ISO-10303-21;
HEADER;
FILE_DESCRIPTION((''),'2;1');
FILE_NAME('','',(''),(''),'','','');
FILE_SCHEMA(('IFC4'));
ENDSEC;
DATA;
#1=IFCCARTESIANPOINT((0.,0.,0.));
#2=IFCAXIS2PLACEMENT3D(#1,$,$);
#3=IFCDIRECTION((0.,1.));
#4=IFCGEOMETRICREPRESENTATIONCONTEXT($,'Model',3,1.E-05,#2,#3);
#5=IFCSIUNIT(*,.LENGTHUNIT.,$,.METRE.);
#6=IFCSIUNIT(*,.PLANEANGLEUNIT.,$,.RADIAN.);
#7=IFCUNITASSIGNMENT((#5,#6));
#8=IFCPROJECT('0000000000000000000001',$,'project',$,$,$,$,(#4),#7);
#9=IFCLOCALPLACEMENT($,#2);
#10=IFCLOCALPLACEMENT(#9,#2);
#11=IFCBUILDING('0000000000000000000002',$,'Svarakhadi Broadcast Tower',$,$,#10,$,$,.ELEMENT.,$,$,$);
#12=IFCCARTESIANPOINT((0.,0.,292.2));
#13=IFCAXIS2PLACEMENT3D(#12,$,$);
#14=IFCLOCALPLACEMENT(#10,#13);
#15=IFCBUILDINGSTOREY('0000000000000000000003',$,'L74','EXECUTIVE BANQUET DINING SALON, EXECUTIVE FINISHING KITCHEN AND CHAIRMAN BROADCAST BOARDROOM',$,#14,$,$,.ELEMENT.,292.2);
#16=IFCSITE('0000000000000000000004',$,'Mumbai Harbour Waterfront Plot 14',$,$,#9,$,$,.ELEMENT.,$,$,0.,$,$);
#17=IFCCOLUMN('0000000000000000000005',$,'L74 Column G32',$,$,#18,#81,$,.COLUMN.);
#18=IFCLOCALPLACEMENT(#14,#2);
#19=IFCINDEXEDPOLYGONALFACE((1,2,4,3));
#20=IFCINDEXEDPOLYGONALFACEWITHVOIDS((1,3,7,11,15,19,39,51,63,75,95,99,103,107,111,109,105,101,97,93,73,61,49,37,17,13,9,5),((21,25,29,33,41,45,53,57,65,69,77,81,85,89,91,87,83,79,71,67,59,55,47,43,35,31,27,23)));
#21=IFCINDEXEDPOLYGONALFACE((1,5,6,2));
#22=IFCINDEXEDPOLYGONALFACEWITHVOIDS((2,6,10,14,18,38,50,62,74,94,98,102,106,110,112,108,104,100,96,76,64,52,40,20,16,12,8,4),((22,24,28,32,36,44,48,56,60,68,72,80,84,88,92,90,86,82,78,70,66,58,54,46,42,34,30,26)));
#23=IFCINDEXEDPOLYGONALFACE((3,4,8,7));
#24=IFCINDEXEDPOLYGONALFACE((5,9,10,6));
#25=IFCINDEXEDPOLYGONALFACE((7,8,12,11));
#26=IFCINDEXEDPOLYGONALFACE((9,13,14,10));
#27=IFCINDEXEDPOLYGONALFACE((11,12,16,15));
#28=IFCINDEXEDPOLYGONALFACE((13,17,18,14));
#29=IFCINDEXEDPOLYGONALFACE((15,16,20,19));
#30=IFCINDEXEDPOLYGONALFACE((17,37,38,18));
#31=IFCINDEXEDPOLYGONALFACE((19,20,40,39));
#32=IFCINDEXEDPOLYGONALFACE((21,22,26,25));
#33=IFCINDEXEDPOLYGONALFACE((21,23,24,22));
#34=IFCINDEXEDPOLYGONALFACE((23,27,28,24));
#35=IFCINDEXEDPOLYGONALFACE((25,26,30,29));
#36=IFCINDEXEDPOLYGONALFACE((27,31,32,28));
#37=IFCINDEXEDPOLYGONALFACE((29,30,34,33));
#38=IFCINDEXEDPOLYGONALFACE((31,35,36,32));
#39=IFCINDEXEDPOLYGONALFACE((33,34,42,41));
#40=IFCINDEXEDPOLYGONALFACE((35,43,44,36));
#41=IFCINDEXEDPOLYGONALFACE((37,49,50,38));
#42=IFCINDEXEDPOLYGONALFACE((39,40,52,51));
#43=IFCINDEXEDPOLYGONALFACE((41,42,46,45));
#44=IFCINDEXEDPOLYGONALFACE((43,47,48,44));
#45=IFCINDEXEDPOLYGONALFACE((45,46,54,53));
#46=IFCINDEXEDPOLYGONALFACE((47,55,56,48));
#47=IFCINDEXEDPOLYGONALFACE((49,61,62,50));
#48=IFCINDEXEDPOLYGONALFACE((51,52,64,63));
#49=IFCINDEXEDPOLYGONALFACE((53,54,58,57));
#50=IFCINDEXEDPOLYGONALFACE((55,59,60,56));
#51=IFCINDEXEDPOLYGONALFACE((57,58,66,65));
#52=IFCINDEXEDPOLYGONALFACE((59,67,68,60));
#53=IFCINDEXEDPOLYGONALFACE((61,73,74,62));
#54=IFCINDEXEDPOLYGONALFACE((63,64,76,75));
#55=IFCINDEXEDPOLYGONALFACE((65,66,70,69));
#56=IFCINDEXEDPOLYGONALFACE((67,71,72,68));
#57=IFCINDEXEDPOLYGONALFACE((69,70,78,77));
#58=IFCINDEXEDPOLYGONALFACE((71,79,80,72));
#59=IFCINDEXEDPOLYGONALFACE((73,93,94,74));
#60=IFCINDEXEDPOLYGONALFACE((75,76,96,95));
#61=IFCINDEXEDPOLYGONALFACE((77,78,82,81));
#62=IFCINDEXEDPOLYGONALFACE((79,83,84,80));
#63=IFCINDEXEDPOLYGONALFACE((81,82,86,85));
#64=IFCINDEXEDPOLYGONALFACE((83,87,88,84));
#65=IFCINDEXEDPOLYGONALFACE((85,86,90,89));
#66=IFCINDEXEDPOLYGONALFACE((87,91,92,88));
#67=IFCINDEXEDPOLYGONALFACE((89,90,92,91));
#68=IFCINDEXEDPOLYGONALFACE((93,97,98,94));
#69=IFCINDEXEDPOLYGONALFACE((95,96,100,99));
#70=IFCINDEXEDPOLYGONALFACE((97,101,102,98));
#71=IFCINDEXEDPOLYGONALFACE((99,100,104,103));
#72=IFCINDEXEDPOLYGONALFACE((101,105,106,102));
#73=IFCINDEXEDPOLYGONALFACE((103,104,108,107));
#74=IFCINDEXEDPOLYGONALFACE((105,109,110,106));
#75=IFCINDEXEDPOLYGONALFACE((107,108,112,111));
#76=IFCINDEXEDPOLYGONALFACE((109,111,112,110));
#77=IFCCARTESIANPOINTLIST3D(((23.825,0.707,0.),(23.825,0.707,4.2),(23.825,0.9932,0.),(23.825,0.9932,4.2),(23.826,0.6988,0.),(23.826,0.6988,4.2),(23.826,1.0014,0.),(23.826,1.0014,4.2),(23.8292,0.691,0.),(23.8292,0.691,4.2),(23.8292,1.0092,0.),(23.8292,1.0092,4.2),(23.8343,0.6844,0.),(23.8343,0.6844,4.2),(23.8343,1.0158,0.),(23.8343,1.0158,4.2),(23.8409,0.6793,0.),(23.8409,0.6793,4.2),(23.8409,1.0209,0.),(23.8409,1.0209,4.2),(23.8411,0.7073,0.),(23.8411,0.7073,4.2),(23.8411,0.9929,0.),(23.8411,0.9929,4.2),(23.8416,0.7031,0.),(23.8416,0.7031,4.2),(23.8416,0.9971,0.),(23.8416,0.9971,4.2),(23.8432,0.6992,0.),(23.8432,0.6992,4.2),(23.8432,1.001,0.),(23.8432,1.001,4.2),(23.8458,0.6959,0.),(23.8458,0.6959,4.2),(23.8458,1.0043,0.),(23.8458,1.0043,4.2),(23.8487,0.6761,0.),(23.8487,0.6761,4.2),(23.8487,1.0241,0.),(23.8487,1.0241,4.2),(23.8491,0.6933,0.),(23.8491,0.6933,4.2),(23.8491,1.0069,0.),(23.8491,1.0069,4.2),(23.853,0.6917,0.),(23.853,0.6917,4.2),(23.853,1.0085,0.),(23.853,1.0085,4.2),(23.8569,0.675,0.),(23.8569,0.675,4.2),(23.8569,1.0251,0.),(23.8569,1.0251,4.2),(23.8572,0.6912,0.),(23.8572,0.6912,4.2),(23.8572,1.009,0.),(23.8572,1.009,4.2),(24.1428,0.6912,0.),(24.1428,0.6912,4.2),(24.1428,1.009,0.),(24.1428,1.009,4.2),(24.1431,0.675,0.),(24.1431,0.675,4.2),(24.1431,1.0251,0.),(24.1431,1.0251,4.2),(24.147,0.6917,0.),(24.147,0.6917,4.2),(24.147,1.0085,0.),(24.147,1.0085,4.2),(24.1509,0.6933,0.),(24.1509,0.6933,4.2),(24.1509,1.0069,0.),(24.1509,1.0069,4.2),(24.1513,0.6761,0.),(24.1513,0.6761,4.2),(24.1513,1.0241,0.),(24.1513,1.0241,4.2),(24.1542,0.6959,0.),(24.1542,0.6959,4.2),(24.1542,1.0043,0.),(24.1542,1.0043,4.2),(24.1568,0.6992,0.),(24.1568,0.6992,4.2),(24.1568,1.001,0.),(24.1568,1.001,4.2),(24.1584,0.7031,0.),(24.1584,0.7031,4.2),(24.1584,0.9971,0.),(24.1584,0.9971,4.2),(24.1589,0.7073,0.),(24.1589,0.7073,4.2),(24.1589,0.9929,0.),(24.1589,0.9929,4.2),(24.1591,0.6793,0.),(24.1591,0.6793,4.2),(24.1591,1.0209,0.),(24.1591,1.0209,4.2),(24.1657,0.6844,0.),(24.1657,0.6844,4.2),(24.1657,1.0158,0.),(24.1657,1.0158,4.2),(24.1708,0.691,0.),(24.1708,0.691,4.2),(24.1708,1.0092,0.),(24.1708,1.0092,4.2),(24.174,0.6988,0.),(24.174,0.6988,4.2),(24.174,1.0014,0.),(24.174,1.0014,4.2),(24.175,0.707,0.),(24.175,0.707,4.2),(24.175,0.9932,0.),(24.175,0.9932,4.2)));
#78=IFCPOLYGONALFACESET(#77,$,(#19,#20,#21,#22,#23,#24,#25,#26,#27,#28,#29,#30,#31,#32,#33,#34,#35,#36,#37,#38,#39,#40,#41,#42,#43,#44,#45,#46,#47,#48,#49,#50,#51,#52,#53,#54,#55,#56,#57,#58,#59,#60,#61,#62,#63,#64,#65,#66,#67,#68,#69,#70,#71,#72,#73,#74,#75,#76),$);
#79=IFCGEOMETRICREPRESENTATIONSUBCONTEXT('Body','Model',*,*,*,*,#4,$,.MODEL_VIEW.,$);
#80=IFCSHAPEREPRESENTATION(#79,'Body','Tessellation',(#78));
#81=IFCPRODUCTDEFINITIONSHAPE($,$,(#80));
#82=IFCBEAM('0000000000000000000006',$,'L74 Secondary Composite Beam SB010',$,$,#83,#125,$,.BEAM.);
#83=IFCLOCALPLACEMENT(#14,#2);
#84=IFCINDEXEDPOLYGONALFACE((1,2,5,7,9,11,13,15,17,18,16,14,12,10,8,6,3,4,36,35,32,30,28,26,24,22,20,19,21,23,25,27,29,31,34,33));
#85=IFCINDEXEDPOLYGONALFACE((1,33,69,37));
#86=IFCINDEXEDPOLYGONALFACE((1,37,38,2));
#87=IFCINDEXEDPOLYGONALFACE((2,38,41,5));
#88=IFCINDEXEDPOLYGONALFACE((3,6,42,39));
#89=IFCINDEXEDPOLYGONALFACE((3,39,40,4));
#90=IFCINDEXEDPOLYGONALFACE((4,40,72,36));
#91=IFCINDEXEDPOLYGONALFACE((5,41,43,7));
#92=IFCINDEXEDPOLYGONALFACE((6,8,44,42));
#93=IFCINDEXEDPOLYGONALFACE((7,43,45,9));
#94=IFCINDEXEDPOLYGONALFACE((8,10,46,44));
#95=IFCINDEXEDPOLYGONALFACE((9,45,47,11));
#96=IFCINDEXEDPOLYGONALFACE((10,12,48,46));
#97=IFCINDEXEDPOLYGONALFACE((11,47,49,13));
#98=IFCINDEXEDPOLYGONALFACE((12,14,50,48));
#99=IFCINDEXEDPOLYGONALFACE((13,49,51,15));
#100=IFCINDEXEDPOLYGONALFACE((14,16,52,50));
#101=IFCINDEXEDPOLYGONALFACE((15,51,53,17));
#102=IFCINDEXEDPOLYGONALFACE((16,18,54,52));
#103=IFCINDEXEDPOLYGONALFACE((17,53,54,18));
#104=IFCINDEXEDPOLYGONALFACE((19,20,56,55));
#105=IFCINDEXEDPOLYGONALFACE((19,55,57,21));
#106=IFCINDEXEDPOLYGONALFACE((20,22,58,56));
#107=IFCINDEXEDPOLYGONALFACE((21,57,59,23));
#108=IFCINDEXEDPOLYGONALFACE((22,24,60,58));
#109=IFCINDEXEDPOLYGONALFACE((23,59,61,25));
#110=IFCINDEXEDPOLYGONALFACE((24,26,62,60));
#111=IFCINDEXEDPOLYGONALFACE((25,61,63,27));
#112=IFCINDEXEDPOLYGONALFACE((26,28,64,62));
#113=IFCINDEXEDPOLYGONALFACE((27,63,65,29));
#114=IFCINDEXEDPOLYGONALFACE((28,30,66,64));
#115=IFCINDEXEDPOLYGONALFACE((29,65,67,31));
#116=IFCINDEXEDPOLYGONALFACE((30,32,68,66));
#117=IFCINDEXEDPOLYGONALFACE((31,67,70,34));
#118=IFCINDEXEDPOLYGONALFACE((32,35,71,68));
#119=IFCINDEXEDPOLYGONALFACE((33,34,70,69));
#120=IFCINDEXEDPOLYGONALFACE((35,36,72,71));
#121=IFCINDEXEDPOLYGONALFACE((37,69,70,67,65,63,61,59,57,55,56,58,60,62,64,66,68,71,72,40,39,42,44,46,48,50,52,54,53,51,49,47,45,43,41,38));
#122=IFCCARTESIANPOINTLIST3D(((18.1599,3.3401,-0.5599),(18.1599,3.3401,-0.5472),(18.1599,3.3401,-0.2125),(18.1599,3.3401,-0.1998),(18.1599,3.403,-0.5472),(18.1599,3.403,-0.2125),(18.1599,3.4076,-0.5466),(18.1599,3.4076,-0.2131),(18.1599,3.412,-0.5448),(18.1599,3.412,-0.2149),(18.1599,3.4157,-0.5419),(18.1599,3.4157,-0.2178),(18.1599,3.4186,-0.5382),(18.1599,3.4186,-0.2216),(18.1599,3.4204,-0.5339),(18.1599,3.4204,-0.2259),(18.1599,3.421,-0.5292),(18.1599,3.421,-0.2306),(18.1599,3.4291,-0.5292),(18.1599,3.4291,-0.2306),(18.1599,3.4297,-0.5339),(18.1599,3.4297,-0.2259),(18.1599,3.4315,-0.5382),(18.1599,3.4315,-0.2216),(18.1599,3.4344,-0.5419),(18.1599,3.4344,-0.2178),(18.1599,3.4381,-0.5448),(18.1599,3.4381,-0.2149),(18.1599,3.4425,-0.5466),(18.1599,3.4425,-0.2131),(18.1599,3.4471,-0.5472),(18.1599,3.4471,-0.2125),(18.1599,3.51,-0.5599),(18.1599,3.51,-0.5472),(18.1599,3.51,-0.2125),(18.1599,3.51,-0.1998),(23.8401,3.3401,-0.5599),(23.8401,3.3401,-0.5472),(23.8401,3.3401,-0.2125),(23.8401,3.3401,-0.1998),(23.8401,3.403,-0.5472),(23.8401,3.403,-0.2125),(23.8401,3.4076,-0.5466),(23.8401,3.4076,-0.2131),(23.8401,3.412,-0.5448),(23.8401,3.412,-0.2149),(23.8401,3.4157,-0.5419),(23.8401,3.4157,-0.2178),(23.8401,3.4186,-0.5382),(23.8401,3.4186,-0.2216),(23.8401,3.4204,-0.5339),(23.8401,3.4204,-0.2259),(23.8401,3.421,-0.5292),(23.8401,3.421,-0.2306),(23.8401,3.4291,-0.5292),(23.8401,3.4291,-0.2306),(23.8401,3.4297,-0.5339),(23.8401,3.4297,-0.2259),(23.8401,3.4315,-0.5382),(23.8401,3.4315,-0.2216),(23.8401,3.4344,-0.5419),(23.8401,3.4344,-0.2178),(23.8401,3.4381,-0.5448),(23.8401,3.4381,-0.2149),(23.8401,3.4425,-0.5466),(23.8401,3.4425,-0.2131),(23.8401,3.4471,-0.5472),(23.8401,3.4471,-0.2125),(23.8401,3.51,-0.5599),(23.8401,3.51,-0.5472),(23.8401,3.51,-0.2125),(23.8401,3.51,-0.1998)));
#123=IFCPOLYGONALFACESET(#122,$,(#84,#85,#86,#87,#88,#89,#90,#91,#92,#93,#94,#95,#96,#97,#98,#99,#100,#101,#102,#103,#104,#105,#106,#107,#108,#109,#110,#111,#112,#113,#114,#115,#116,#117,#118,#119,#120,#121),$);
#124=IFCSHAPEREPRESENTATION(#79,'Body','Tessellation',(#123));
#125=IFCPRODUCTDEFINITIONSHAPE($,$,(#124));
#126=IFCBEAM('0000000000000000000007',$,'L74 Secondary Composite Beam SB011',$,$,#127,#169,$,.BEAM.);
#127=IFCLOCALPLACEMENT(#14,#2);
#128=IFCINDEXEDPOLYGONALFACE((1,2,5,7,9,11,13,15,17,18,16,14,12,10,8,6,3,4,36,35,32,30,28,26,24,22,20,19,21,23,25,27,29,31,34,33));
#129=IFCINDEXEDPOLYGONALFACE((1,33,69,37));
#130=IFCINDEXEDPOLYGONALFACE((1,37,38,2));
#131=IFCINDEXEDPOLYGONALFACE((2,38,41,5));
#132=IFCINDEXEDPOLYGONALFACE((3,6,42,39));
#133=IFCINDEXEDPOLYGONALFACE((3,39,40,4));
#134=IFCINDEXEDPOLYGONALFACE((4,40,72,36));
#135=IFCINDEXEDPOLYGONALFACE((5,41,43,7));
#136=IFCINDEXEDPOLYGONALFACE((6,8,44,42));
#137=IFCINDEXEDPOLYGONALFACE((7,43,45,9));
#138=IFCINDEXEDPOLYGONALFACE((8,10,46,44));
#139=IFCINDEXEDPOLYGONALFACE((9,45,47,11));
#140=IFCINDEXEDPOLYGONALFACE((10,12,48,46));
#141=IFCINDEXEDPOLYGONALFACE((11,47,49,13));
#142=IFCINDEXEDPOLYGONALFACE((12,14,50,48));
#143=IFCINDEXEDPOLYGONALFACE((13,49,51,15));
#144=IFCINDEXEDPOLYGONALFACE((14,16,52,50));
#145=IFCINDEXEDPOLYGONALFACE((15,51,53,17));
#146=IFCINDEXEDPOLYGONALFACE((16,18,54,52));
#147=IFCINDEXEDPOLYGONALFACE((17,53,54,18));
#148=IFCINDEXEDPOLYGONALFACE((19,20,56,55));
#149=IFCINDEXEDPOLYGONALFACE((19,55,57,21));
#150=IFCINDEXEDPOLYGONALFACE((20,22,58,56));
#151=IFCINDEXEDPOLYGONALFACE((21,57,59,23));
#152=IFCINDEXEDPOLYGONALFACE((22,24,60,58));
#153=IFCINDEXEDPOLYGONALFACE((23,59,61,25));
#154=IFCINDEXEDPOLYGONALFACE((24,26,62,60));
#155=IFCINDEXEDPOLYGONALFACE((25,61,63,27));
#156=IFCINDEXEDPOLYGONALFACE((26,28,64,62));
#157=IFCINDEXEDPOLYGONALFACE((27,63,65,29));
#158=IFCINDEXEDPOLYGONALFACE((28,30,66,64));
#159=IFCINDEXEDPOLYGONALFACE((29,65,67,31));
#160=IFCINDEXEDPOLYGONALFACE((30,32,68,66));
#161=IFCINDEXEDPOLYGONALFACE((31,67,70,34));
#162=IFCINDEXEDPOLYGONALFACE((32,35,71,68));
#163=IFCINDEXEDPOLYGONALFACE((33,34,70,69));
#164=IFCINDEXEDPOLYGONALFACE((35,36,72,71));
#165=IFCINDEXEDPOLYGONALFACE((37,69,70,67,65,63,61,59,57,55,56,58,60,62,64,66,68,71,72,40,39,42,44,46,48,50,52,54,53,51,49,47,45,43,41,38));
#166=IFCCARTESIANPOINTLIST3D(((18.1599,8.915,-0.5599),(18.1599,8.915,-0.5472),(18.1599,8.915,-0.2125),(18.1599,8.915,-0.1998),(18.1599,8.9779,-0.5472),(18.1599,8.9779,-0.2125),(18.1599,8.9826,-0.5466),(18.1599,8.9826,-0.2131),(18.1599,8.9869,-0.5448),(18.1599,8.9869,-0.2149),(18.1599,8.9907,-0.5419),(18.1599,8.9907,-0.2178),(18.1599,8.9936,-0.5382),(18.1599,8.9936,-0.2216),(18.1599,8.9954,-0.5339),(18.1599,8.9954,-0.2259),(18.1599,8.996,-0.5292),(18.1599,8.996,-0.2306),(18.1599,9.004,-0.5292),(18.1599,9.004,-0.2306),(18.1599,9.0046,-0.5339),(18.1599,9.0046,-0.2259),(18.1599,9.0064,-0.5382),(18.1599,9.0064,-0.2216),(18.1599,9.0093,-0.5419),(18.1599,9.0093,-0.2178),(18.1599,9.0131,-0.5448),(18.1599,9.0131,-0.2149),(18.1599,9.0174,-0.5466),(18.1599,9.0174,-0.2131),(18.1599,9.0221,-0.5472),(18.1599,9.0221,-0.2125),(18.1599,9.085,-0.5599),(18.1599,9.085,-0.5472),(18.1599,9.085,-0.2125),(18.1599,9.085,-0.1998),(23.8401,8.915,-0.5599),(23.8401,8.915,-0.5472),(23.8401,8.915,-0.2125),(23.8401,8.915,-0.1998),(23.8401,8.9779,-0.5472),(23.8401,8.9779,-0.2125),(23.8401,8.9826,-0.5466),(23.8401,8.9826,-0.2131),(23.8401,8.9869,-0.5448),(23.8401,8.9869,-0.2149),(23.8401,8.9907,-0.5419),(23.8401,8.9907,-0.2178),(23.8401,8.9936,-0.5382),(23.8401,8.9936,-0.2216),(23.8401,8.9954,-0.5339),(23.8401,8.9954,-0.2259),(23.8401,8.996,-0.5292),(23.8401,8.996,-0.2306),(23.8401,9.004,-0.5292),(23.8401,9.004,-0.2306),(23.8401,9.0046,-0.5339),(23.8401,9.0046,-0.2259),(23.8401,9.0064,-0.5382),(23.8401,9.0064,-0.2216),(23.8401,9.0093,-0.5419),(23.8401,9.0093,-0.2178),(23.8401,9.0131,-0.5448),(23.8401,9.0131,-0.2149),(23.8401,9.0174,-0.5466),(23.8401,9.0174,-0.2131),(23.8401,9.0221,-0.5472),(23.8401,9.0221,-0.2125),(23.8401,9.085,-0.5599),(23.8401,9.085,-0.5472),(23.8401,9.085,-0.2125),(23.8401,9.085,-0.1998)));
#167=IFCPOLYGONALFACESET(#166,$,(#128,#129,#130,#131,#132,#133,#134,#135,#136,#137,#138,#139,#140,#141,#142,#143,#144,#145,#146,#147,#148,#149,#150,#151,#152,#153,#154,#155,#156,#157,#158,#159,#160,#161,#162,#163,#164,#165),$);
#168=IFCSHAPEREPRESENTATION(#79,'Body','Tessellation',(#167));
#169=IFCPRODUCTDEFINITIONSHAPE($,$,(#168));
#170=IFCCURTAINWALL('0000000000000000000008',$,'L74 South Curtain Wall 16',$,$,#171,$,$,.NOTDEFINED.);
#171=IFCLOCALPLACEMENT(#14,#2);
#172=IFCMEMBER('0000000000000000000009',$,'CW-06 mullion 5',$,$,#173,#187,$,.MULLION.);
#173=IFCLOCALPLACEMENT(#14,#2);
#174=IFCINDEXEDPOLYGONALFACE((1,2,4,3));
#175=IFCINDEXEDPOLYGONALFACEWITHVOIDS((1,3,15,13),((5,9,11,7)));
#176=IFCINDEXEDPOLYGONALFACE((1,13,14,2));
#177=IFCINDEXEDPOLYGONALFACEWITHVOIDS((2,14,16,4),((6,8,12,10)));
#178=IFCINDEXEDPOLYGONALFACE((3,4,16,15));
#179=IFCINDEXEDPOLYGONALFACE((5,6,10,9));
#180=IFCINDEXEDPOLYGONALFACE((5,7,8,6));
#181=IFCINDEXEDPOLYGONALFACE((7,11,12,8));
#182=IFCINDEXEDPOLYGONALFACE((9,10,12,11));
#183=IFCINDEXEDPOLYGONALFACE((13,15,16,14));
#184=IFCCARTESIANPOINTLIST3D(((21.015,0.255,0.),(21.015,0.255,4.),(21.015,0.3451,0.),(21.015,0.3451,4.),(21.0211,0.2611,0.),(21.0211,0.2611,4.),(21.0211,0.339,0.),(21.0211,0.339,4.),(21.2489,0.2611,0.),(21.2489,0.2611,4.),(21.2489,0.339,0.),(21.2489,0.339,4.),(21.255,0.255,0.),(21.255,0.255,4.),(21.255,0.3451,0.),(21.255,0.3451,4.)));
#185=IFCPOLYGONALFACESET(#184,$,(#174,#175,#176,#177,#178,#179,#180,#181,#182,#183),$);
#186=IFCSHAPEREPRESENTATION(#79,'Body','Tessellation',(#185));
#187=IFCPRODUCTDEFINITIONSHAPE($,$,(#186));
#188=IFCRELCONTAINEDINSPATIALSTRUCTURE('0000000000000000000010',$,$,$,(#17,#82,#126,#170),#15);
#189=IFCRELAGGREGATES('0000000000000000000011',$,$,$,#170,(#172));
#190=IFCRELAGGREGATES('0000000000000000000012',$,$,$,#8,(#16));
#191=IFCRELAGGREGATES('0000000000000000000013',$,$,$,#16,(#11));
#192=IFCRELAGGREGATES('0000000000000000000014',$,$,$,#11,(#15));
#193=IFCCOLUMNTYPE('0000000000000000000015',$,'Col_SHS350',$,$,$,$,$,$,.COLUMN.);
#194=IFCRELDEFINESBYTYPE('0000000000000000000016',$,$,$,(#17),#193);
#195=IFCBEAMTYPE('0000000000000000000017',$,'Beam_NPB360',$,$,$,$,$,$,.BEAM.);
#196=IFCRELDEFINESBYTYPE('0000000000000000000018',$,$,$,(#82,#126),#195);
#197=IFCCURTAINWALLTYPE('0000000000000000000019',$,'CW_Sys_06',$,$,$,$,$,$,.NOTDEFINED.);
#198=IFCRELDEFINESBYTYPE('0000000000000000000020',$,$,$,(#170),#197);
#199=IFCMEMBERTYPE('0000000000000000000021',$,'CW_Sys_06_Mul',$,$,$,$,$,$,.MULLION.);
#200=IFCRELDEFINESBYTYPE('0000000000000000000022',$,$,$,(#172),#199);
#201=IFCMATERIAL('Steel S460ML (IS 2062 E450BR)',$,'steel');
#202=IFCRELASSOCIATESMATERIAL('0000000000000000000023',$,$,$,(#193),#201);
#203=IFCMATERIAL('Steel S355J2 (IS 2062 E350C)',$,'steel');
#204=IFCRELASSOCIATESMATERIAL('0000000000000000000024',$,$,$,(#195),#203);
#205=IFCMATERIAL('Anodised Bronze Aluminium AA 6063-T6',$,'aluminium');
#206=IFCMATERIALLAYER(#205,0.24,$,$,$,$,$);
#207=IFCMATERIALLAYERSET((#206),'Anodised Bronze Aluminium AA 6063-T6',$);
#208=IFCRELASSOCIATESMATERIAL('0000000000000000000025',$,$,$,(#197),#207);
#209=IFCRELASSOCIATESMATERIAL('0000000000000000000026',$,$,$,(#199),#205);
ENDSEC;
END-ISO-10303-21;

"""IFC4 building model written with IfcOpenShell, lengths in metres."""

from ifc_helpers import new_model, si_unit, direction, frame, origin, origin_2d, place, context, subcontext, project, spatial, hollow_rectangle, i_section, extrude, material, layer, layer_set, material_profile, profile_set, type_object, element, aggregate, save


model = new_model("IFC4")

# Units and contexts
model_context = context("Model", 3, precision=1e-05, world=origin(), true_north=direction((0.0, 1.0)))
body_context = subcontext(model_context, "Body", "Model", "MODEL_VIEW")
ifc_project = project(units=[si_unit("LENGTHUNIT", "METRE"), si_unit("PLANEANGLEUNIT", "RADIAN")], contexts=[model_context])

# Site, building, storey
site_placement = place(None, origin())
site = spatial("IfcSite", under=ifc_project, at=site_placement, Name="Mumbai Harbour Waterfront Plot 14", CompositionType="ELEMENT", RefElevation=0.0)
building_placement = place(site_placement, origin())
building = spatial("IfcBuilding", under=site, at=building_placement, Name="Svarakhadi Broadcast Tower", CompositionType="ELEMENT")
storey_placement = place(building_placement, frame((0.0, 0.0, 292.2)))
storey = spatial("IfcBuildingStorey", under=building, at=storey_placement, Name="L74", Description="EXECUTIVE BANQUET DINING SALON, EXECUTIVE FINISHING KITCHEN AND CHAIRMAN BROADCAST BOARDROOM", CompositionType="ELEMENT", Elevation=292.2)

# Column
ifc_material_1 = material(Name="Steel S460ML (IS 2062 E450BR)", Category="steel")
ifc_material_profile_1 = material_profile(ifc_material_1, hollow_rectangle(XDim=0.3501, YDim=0.3501, WallThickness=0.0161, InnerFilletRadius=0.0161, OuterFilletRadius=0.032, at=origin_2d()), Name="SHS 350x350x16")
ifc_profile_set_1 = profile_set([ifc_material_profile_1], Name="Steel S460ML (IS 2062 E450BR)")
column_type = type_object("IfcColumnType", Name="Col_SHS350", PredefinedType="COLUMN", material=ifc_profile_set_1)
for number, where, z_axis, x_axis, name in (
    (1, (24.0, 0.8501, 0.0), (0.0, 0.0, 1.0), (1.0, 0.0, 0.0), "L74 Column G32"),
):
    element("IfcColumn", number, at=place(storey_placement, frame(where, z_axis=z_axis, x_axis=x_axis)), inside=storey, type_object=column_type, Name=name, PredefinedType="COLUMN", context=body_context, shape_type="SweptSolid", body=[
        extrude(hollow_rectangle(XDim=0.3501, YDim=0.3501, WallThickness=0.0161, InnerFilletRadius=0.0161, OuterFilletRadius=0.032, at=origin_2d()), origin(), (0.0, 0.0, 1.0), 4.2),
    ])

# Beams
ifc_material_2 = material(Name="Steel S355J2 (IS 2062 E350C)", Category="steel")
ifc_material_profile_2 = material_profile(ifc_material_2, i_section(OverallWidth=0.1699, OverallDepth=0.3601, WebThickness=0.0081, FlangeThickness=0.0127, FilletRadius=0.0181, at=origin_2d()), Name="NPB 360x170x57")
ifc_profile_set_2 = profile_set([ifc_material_profile_2], Name="Steel S355J2 (IS 2062 E350C)")
beam_type_1 = type_object("IfcBeamType", Name="Beam_NPB360", PredefinedType="BEAM", material=ifc_profile_set_2)
for number, where, z_axis, x_axis, name in (
    (2, (18.1599, 3.425, -0.3799), (1.0, 0.0, 0.0), (0.0, 1.0, 0.0), "L74 Secondary Composite Beam SB010"),
    (3, (18.1599, 9.0, -0.3799), (1.0, 0.0, 0.0), (0.0, 1.0, 0.0), "L74 Secondary Composite Beam SB011"),
):
    element("IfcBeam", number, at=place(storey_placement, frame(where, z_axis=z_axis, x_axis=x_axis)), inside=storey, type_object=beam_type_1, Name=name, PredefinedType="BEAM", context=body_context, shape_type="SweptSolid", body=[
        extrude(i_section(OverallWidth=0.1699, OverallDepth=0.3601, WebThickness=0.0081, FlangeThickness=0.0127, FilletRadius=0.0181, at=origin_2d()), origin(), (0.0, 0.0, 1.0), 5.6802),
    ])

# Curtain wall, member
ifc_material_3 = material(Name="Anodised Bronze Aluminium AA 6063-T6", Category="aluminium")
ifc_layer_1 = layer(ifc_material_3, 0.24)
ifc_layer_set_1 = layer_set([ifc_layer_1], Name="Anodised Bronze Aluminium AA 6063-T6")
curtain_wall_type = type_object("IfcCurtainWallType", Name="CW_Sys_06", PredefinedType="NOTDEFINED", material=ifc_layer_set_1)
curtain_wall_placement = place(storey_placement, origin())
curtain_wall = element("IfcCurtainWall", 4, at=curtain_wall_placement, inside=storey, type_object=curtain_wall_type, Name="L74 South Curtain Wall 16", PredefinedType="NOTDEFINED")
ifc_material_profile_3 = material_profile(ifc_material_3, hollow_rectangle(XDim=0.0901, YDim=0.24, WallThickness=0.0061, at=origin_2d()), Name="ALU MULLION 240x90x6")
ifc_profile_set_3 = profile_set([ifc_material_profile_3], Name="Anodised Bronze Aluminium AA 6063-T6")
member_type_1 = type_object("IfcMemberType", Name="CW_Sys_06_Mul", PredefinedType="MULLION", material=ifc_profile_set_3)
member_1_placement = place(storey_placement, frame((21.135, 0.3, 0.0), z_axis=(0.0, 0.0, 1.0), x_axis=(0.0, -1.0, 0.0)))
member_1 = element("IfcMember", 5, at=member_1_placement, type_object=member_type_1, Name="CW-06 mullion 5", PredefinedType="MULLION", context=body_context, shape_type="SweptSolid", body=[
    extrude(hollow_rectangle(XDim=0.0901, YDim=0.24, WallThickness=0.0061, at=origin_2d()), origin(), (0.0, 0.0, 1.0), 4.0),
])

aggregate(curtain_wall, [member_1])

save(model, "model.ifc")
